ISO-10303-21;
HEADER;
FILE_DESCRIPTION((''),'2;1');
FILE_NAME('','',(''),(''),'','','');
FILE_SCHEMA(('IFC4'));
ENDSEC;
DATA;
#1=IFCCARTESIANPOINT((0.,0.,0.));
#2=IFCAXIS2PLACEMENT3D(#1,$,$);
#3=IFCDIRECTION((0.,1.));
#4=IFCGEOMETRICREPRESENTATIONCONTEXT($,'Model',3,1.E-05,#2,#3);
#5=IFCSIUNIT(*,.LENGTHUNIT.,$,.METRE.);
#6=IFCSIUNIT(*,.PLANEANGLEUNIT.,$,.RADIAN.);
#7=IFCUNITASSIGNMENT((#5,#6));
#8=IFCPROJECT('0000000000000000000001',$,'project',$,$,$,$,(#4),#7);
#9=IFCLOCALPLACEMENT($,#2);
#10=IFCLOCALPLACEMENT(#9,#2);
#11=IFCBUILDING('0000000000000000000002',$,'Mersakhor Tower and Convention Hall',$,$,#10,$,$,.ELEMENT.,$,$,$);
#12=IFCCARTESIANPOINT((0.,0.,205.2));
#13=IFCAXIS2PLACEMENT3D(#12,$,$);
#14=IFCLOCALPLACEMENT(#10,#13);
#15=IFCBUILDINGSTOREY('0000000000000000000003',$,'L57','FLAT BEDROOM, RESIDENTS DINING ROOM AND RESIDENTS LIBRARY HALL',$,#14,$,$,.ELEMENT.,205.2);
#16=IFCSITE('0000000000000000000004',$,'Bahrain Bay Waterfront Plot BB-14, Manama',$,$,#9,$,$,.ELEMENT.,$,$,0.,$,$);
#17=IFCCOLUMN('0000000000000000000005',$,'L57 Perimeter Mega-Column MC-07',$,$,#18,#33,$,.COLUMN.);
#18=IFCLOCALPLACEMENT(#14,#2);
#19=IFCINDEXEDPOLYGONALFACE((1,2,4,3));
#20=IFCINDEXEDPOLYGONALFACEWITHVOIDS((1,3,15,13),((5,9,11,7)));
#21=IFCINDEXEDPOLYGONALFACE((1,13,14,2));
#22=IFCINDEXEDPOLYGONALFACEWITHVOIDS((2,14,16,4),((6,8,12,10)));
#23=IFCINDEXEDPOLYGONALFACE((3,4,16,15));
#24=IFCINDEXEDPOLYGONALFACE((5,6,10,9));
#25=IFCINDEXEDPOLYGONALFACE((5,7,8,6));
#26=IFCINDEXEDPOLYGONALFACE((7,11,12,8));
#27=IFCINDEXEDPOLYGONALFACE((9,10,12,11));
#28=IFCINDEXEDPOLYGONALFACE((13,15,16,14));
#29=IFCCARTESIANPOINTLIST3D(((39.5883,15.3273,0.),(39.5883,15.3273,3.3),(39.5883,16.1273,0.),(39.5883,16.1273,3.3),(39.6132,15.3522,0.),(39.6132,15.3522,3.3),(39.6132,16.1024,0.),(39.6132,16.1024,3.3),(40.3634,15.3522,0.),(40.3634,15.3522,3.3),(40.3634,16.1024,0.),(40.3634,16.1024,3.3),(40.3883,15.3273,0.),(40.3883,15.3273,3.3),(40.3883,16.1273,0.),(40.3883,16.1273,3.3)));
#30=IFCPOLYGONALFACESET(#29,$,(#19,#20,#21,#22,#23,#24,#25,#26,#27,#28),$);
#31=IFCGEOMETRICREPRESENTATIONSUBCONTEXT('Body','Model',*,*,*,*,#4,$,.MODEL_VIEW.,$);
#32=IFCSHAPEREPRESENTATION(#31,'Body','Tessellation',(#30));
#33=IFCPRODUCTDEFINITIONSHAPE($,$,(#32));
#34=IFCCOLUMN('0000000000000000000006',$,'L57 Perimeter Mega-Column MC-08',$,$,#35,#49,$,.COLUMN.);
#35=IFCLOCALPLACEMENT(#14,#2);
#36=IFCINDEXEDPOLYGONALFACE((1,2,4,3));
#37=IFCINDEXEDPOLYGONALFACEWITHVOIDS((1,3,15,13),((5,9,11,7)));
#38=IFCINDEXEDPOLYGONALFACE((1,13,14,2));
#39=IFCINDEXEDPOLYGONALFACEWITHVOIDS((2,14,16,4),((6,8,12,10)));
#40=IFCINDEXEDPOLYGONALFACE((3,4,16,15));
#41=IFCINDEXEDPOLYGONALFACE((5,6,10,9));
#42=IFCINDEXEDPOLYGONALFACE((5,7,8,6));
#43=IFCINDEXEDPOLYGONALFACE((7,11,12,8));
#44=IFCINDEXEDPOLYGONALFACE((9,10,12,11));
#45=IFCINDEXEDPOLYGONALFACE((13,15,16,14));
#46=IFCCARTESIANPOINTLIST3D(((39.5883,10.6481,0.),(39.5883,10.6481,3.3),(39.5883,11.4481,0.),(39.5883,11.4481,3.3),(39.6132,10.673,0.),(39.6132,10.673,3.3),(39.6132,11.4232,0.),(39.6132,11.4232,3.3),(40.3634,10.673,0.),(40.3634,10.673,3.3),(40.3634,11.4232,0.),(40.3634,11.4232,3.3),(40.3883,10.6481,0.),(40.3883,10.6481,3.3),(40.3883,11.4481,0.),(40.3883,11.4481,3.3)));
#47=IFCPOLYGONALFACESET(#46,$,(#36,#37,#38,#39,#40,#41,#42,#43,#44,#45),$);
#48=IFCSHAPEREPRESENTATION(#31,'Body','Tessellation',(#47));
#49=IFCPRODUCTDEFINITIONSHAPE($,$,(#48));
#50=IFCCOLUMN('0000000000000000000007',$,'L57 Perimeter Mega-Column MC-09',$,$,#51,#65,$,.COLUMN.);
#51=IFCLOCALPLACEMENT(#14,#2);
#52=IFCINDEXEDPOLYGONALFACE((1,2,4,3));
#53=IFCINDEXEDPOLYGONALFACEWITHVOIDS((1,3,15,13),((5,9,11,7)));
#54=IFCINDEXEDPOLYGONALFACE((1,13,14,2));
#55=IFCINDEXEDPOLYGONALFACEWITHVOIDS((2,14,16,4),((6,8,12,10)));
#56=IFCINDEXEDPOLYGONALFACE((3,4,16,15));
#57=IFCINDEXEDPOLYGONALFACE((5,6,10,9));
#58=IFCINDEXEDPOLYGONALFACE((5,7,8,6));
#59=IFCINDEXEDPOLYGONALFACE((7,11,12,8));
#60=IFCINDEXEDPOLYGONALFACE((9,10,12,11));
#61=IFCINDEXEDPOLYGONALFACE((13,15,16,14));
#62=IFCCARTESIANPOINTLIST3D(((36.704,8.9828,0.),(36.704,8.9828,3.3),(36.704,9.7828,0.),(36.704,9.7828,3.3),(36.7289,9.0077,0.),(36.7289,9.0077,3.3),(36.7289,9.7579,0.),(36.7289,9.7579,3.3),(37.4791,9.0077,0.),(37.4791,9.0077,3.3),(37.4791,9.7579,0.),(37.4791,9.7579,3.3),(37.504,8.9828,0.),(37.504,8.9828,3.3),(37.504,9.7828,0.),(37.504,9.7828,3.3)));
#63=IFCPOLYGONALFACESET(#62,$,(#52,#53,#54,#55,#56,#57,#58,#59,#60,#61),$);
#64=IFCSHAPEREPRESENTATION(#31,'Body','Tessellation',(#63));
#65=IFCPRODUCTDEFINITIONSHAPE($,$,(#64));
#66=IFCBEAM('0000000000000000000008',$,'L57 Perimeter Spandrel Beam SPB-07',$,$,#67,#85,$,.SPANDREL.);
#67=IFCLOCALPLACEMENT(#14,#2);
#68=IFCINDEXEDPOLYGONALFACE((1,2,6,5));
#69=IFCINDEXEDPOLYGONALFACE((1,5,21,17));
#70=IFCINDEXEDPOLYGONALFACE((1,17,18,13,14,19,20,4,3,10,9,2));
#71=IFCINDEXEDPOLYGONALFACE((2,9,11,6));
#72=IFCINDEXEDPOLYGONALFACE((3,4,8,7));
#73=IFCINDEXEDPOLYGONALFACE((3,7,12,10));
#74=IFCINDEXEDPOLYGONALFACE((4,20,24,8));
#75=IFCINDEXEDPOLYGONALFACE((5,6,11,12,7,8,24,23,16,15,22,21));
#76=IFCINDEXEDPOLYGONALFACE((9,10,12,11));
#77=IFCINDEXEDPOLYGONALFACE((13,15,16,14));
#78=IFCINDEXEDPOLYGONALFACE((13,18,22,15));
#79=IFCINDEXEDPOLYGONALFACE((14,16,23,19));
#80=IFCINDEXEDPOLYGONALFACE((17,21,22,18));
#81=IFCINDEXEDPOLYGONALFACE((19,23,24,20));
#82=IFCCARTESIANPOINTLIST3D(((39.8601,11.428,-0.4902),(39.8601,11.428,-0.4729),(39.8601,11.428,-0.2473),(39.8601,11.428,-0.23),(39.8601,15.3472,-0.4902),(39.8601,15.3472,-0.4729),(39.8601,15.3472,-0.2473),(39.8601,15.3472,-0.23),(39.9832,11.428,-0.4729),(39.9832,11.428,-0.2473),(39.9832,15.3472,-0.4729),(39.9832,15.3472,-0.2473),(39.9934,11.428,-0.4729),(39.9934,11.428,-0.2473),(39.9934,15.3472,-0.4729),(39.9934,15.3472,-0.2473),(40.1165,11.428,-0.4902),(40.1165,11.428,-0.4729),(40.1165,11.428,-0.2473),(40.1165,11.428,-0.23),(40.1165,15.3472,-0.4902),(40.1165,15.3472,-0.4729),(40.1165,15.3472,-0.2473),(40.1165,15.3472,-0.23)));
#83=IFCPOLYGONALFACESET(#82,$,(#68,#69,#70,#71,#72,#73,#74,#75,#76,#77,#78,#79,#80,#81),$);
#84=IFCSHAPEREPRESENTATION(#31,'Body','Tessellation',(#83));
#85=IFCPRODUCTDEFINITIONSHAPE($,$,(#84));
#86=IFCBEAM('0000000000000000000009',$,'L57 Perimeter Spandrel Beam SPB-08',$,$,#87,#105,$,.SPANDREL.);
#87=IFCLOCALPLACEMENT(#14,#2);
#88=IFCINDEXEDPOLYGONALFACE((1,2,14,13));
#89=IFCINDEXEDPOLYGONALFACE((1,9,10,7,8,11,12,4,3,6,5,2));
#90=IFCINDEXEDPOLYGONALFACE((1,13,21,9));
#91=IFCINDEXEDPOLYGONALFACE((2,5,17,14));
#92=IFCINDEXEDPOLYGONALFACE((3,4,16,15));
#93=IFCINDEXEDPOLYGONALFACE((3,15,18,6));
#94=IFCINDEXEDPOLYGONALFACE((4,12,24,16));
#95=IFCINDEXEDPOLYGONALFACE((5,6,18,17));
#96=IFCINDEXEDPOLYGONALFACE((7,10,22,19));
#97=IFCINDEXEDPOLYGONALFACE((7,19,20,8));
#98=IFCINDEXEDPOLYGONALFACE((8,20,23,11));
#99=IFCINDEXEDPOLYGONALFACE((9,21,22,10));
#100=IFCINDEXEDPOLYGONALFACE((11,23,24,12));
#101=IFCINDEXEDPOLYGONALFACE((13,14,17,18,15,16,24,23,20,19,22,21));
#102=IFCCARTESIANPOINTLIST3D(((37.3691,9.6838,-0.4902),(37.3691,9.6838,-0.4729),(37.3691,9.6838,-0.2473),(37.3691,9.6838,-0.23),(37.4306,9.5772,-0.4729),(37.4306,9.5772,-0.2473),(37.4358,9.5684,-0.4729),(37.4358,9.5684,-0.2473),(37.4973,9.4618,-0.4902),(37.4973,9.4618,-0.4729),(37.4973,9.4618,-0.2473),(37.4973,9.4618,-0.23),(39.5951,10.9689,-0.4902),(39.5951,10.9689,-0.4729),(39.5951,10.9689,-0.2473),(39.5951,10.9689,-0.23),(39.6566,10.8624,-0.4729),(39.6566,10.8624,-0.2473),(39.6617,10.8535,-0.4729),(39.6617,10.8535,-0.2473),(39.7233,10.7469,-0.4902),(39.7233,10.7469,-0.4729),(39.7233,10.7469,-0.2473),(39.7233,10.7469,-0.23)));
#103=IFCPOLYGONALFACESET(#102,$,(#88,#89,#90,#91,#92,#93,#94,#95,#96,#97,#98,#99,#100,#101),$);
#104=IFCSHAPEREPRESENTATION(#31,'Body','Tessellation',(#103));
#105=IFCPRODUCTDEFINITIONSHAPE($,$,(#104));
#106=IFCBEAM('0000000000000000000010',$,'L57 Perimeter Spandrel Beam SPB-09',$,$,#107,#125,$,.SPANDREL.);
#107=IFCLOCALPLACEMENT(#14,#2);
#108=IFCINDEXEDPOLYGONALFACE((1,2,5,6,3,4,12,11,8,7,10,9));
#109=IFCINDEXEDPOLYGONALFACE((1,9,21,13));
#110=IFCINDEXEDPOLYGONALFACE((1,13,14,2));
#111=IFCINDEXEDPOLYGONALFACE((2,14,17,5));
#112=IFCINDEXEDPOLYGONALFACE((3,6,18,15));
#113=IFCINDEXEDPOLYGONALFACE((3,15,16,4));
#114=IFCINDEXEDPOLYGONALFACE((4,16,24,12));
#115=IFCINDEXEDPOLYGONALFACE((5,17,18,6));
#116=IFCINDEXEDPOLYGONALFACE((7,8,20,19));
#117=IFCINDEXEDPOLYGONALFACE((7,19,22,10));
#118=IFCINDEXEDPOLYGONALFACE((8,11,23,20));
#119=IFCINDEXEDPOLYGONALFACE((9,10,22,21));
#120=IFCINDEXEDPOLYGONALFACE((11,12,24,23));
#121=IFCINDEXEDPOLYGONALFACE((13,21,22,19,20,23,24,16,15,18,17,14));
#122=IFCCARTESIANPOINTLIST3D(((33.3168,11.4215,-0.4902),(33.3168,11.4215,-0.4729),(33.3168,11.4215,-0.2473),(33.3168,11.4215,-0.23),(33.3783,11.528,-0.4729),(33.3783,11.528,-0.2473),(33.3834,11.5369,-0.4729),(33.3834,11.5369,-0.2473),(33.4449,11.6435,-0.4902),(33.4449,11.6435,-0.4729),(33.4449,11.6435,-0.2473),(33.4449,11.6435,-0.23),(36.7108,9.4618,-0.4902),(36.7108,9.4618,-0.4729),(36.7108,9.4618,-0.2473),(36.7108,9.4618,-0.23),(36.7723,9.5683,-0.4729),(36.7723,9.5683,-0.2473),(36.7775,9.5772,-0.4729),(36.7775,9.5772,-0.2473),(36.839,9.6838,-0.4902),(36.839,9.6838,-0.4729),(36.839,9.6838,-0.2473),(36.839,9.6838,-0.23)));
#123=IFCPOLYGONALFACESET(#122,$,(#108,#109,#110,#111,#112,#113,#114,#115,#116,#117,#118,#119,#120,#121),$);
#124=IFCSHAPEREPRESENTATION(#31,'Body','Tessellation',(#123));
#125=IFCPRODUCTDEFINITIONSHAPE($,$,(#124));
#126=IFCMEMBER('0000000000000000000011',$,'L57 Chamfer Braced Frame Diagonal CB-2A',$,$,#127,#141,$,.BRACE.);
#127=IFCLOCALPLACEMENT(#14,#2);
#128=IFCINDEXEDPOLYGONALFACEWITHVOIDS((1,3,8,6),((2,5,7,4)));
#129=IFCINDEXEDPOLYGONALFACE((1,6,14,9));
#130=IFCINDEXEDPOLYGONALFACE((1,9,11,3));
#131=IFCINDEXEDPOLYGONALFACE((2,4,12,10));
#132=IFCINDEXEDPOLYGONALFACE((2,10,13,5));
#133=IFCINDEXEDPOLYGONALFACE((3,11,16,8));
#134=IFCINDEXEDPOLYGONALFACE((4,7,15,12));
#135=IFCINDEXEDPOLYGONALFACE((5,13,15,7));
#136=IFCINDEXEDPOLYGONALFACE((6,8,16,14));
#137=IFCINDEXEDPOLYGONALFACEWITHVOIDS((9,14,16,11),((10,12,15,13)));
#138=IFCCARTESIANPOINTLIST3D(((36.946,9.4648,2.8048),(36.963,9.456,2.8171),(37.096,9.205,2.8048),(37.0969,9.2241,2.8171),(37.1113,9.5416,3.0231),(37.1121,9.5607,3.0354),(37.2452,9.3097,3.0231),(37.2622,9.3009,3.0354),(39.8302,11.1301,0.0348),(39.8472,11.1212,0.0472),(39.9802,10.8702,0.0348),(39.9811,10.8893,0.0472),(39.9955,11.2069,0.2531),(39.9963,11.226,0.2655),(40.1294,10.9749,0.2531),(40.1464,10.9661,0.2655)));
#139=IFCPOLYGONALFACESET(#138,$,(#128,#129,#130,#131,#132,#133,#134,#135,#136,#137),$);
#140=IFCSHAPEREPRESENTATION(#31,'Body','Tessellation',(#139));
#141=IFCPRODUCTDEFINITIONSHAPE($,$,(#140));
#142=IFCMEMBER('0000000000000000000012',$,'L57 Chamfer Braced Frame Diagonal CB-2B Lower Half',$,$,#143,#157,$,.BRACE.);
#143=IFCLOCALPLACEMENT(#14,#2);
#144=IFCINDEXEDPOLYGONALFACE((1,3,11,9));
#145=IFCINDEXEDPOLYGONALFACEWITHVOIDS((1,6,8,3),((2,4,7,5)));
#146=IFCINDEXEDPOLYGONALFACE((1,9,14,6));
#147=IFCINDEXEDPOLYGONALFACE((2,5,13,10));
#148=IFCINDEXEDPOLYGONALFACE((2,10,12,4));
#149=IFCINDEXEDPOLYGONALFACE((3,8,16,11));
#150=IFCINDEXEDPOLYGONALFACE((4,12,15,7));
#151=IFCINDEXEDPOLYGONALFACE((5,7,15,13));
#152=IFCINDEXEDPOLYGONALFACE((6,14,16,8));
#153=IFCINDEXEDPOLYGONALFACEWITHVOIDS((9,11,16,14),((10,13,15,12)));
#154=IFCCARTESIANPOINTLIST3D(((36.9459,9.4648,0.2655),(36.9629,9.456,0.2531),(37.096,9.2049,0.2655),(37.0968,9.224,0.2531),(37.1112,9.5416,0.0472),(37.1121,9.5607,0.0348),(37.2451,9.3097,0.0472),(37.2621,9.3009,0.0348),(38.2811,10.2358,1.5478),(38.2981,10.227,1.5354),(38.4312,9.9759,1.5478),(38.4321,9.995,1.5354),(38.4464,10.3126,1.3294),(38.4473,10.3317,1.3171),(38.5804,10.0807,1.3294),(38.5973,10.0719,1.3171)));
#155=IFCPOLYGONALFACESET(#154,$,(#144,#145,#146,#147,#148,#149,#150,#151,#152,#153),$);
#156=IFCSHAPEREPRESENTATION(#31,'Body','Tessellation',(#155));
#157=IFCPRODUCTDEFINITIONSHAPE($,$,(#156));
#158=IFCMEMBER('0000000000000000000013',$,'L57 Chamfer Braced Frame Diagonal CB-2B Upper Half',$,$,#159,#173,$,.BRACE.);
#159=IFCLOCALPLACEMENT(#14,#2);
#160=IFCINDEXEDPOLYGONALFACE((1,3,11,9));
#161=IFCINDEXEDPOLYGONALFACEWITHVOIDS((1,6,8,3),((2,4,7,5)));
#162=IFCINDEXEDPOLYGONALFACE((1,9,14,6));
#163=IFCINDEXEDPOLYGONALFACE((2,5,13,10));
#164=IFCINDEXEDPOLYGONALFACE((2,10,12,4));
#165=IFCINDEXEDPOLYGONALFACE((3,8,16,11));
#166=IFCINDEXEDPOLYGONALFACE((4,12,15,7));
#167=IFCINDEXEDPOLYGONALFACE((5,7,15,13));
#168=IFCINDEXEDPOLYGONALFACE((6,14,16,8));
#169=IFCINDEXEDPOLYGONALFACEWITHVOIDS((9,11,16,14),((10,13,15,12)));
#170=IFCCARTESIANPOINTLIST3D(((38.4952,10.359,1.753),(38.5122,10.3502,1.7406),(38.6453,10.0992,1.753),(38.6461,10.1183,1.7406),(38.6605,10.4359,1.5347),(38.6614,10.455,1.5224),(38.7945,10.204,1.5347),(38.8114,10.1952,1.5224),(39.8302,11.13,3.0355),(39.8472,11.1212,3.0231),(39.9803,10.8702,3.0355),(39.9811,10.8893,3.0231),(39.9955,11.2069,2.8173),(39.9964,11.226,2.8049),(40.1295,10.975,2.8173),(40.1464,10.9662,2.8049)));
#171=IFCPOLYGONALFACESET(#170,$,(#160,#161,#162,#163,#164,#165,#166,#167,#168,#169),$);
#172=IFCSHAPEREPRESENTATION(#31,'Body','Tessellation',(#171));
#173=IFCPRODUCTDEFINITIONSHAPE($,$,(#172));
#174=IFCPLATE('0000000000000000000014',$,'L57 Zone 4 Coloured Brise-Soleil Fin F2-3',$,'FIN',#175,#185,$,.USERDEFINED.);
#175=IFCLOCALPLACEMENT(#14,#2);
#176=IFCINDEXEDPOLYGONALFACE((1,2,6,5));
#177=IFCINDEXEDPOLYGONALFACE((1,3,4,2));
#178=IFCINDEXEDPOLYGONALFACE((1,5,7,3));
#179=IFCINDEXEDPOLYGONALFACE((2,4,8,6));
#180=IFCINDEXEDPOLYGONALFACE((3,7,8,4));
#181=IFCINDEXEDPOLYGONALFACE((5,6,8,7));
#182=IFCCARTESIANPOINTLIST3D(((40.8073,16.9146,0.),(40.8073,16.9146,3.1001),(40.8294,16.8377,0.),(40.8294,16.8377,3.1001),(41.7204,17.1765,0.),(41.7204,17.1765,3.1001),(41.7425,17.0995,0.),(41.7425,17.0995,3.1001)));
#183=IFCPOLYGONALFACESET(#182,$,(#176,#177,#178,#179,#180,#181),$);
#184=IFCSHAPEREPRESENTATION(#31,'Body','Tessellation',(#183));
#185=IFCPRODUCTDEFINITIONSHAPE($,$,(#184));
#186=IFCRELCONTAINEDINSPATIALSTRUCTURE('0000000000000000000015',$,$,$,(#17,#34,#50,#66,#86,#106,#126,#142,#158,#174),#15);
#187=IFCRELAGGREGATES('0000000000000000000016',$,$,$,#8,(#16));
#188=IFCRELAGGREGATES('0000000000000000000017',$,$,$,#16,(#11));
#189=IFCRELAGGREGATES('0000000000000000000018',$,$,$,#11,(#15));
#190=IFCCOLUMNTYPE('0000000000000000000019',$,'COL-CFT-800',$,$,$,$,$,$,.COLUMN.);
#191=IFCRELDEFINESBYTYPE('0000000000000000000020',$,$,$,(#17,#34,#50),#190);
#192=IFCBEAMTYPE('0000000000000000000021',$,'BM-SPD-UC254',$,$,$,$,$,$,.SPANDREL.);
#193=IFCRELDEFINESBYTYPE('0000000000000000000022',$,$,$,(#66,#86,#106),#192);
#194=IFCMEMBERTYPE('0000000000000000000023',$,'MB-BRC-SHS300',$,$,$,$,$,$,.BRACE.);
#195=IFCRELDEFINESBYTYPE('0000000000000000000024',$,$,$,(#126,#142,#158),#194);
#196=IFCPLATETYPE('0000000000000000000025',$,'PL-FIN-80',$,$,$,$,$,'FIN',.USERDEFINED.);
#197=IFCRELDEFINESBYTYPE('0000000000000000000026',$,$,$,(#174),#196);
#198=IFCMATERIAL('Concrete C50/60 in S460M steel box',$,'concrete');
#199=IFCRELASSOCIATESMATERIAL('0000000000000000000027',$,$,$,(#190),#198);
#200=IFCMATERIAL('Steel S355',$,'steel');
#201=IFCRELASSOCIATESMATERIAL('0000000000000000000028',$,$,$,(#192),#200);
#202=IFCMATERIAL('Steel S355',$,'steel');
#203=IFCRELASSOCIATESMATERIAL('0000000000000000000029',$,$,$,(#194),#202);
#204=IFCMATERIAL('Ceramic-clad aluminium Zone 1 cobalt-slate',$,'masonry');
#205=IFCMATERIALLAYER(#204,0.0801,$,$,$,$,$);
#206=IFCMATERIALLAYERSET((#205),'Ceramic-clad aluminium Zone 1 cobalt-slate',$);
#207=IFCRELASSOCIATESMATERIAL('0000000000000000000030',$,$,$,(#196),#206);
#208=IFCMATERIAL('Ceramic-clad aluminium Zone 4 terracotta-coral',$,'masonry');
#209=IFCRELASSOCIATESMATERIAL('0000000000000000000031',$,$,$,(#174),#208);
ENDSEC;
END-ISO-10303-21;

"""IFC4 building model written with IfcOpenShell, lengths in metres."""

from ifc_helpers import new_model, si_unit, direction, frame, origin, origin_2d, place, context, subcontext, project, spatial, rectangle, hollow_rectangle, i_section, extrude, material, layer, layer_set, material_profile, profile_set, type_object, element, save


model = new_model("IFC4")

# Units and contexts
model_context = context("Model", 3, precision=1e-05, world=origin(), true_north=direction((0.0, 1.0)))
body_context = subcontext(model_context, "Body", "Model", "MODEL_VIEW")
ifc_project = project(units=[si_unit("LENGTHUNIT", "METRE"), si_unit("PLANEANGLEUNIT", "RADIAN")], contexts=[model_context])

# Site, building, storey
site_placement = place(None, origin())
site = spatial("IfcSite", under=ifc_project, at=site_placement, Name="Bahrain Bay Waterfront Plot BB-14, Manama", CompositionType="ELEMENT", RefElevation=0.0)
building_placement = place(site_placement, origin())
building = spatial("IfcBuilding", under=site, at=building_placement, Name="Mersakhor Tower and Convention Hall", CompositionType="ELEMENT")
storey_placement = place(building_placement, frame((0.0, 0.0, 205.2)))
storey = spatial("IfcBuildingStorey", under=building, at=storey_placement, Name="L57", Description="FLAT BEDROOM, RESIDENTS DINING ROOM AND RESIDENTS LIBRARY HALL", CompositionType="ELEMENT", Elevation=205.2)

# Columns
ifc_material_1 = material(Name="Concrete C50/60 in S460M steel box", Category="concrete")
ifc_material_profile_1 = material_profile(ifc_material_1, hollow_rectangle(XDim=0.8, YDim=0.8, WallThickness=0.0249, at=origin_2d()), Name="SHS 800x800x25")
ifc_profile_set_1 = profile_set([ifc_material_profile_1], Name="Concrete C50/60 in S460M steel box")
column_type = type_object("IfcColumnType", Name="COL-CFT-800", PredefinedType="COLUMN", material=ifc_profile_set_1)
for number, where, z_axis, x_axis, name in (
    (1, (39.9883, 15.7273, 0.0), (0.0, 0.0, 1.0), (1.0, 0.0, 0.0), "L57 Perimeter Mega-Column MC-07"),
    (2, (39.9883, 11.0481, 0.0), (0.0, 0.0, 1.0), (1.0, 0.0, 0.0), "L57 Perimeter Mega-Column MC-08"),
    (3, (37.104, 9.3828, 0.0), (0.0, 0.0, 1.0), (1.0, 0.0, 0.0), "L57 Perimeter Mega-Column MC-09"),
):
    element("IfcColumn", number, at=place(storey_placement, frame(where, z_axis=z_axis, x_axis=x_axis)), inside=storey, type_object=column_type, Name=name, PredefinedType="COLUMN", context=body_context, shape_type="SweptSolid", body=[
        extrude(hollow_rectangle(XDim=0.8, YDim=0.8, WallThickness=0.0249, at=origin_2d()), origin(), (0.0, 0.0, 1.0), 3.3),
    ])

# Beams
ifc_material_2 = material(Name="Steel S355", Category="steel")
ifc_material_profile_2 = material_profile(ifc_material_2, i_section(OverallWidth=0.2563, OverallDepth=0.2603, WebThickness=0.0103, FlangeThickness=0.0173, at=origin_2d()), Name="UC 254x254x89")
ifc_profile_set_2 = profile_set([ifc_material_profile_2], Name="Steel S355")
beam_type = type_object("IfcBeamType", Name="BM-SPD-UC254", PredefinedType="SPANDREL", material=ifc_profile_set_2)
beam_1_placement = place(storey_placement, frame((39.9883, 15.3472, -0.3601), z_axis=(0.0, -1.0, 0.0), x_axis=(1.0, 0.0, 0.0)))
element("IfcBeam", 4, at=beam_1_placement, inside=storey, type_object=beam_type, Name="L57 Perimeter Spandrel Beam SPB-07", PredefinedType="SPANDREL", context=body_context, shape_type="SweptSolid", body=[
    extrude(i_section(OverallWidth=0.2563, OverallDepth=0.2603, WebThickness=0.0103, FlangeThickness=0.0173, at=origin_2d()), origin(), (0.0, 0.0, 1.0), 3.9192),
])
beam_2_placement = place(storey_placement, frame((39.6592, 10.8579, -0.3601), z_axis=(-0.866037, -0.49998, 0.0), x_axis=(0.49998, -0.866037, 0.0)))
element("IfcBeam", 5, at=beam_2_placement, inside=storey, type_object=beam_type, Name="L57 Perimeter Spandrel Beam SPB-08", PredefinedType="SPANDREL", context=body_context, shape_type="SweptSolid", body=[
    extrude(i_section(OverallWidth=0.2563, OverallDepth=0.2603, WebThickness=0.0103, FlangeThickness=0.0173, at=origin_2d()), origin(), (0.0, 0.0, 1.0), 2.5703),
])
beam_3_placement = place(storey_placement, frame((36.7749, 9.5728, -0.3601), z_axis=(-0.866007, 0.500032, 0.0), x_axis=(-0.500032, -0.866007, 0.0)))
element("IfcBeam", 6, at=beam_3_placement, inside=storey, type_object=beam_type, Name="L57 Perimeter Spandrel Beam SPB-09", PredefinedType="SPANDREL", context=body_context, shape_type="SweptSolid", body=[
    extrude(i_section(OverallWidth=0.2563, OverallDepth=0.2603, WebThickness=0.0103, FlangeThickness=0.0173, at=origin_2d()), origin(), (0.0, 0.0, 1.0), 3.9192),
])

# Members
ifc_material_3 = material(Name="Steel S355", Category="steel")
ifc_material_profile_3 = material_profile(ifc_material_3, hollow_rectangle(XDim=0.3, YDim=0.3, WallThickness=0.0161, at=origin_2d()), Name="SHS 300x300x16")
ifc_profile_set_3 = profile_set([ifc_material_profile_3], Name="Steel S355")
member_type = type_object("IfcMemberType", Name="MB-BRC-SHS300", PredefinedType="BRACE", material=ifc_profile_set_3)
member_placement = place(storey_placement, frame((39.9883, 11.0481, 0.1501), z_axis=(-0.665825, -0.384425, 0.639449), x_axis=(0.50001, -0.86602, 0.0)))
element("IfcMember", 7, at=member_placement, inside=storey, type_object=member_type, Name="L57 Chamfer Braced Frame Diagonal CB-2A", PredefinedType="BRACE", context=body_context, shape_type="SweptSolid", body=[
    extrude(hollow_rectangle(XDim=0.3, YDim=0.3, WallThickness=0.0161, at=origin_2d()), origin(), (0.0, 0.0, 1.0), 4.3318),
])
for number, where, z_axis, x_axis, name in (
    (8, (37.104, 9.3828, 0.1501), (0.665831, 0.384475, 0.639412), (-0.500056, 0.865993, 0.0), "L57 Chamfer Braced Frame Diagonal CB-2B Lower Half"),
    (9, (38.6533, 10.2771, 1.6377), (0.665711, 0.384476, 0.639536), (-0.500125, 0.865953, 0.0), "L57 Chamfer Braced Frame Diagonal CB-2B Upper Half"),
):
    element("IfcMember", number, at=place(storey_placement, frame(where, z_axis=z_axis, x_axis=x_axis)), inside=storey, type_object=member_type, Name=name, PredefinedType="BRACE", context=body_context, shape_type="SweptSolid", body=[
        extrude(hollow_rectangle(XDim=0.3, YDim=0.3, WallThickness=0.0161, at=origin_2d()), origin(), (0.0, 0.0, 1.0), 2.0054),
    ])

# Plate
ifc_material_4 = material(Name="Ceramic-clad aluminium Zone 4 terracotta-coral", Category="masonry")
ifc_material_5 = material(Name="Ceramic-clad aluminium Zone 1 cobalt-slate", Category="masonry")
ifc_layer_1 = layer(ifc_material_5, 0.0801)
ifc_layer_set_1 = layer_set([ifc_layer_1], Name="Ceramic-clad aluminium Zone 1 cobalt-slate")
plate_type_1 = type_object("IfcPlateType", Name="PL-FIN-80", ElementType="FIN", PredefinedType="USERDEFINED", material=ifc_layer_set_1)
plate_1_placement = place(storey_placement, frame((41.2749, 17.0071, 0.0), z_axis=(0.0, 0.0, 1.0), x_axis=(0.961262, 0.275637, 0.0)))
element("IfcPlate", 10, at=plate_1_placement, inside=storey, type_object=plate_type_1, material=ifc_material_4, Name="L57 Zone 4 Coloured Brise-Soleil Fin F2-3", ObjectType="FIN", PredefinedType="USERDEFINED", context=body_context, shape_type="SweptSolid", body=[
    extrude(rectangle(XDim=0.95, YDim=0.0801, at=origin_2d()), origin(), (0.0, 0.0, 1.0), 3.1001),
])

save(model, "model.ifc")
